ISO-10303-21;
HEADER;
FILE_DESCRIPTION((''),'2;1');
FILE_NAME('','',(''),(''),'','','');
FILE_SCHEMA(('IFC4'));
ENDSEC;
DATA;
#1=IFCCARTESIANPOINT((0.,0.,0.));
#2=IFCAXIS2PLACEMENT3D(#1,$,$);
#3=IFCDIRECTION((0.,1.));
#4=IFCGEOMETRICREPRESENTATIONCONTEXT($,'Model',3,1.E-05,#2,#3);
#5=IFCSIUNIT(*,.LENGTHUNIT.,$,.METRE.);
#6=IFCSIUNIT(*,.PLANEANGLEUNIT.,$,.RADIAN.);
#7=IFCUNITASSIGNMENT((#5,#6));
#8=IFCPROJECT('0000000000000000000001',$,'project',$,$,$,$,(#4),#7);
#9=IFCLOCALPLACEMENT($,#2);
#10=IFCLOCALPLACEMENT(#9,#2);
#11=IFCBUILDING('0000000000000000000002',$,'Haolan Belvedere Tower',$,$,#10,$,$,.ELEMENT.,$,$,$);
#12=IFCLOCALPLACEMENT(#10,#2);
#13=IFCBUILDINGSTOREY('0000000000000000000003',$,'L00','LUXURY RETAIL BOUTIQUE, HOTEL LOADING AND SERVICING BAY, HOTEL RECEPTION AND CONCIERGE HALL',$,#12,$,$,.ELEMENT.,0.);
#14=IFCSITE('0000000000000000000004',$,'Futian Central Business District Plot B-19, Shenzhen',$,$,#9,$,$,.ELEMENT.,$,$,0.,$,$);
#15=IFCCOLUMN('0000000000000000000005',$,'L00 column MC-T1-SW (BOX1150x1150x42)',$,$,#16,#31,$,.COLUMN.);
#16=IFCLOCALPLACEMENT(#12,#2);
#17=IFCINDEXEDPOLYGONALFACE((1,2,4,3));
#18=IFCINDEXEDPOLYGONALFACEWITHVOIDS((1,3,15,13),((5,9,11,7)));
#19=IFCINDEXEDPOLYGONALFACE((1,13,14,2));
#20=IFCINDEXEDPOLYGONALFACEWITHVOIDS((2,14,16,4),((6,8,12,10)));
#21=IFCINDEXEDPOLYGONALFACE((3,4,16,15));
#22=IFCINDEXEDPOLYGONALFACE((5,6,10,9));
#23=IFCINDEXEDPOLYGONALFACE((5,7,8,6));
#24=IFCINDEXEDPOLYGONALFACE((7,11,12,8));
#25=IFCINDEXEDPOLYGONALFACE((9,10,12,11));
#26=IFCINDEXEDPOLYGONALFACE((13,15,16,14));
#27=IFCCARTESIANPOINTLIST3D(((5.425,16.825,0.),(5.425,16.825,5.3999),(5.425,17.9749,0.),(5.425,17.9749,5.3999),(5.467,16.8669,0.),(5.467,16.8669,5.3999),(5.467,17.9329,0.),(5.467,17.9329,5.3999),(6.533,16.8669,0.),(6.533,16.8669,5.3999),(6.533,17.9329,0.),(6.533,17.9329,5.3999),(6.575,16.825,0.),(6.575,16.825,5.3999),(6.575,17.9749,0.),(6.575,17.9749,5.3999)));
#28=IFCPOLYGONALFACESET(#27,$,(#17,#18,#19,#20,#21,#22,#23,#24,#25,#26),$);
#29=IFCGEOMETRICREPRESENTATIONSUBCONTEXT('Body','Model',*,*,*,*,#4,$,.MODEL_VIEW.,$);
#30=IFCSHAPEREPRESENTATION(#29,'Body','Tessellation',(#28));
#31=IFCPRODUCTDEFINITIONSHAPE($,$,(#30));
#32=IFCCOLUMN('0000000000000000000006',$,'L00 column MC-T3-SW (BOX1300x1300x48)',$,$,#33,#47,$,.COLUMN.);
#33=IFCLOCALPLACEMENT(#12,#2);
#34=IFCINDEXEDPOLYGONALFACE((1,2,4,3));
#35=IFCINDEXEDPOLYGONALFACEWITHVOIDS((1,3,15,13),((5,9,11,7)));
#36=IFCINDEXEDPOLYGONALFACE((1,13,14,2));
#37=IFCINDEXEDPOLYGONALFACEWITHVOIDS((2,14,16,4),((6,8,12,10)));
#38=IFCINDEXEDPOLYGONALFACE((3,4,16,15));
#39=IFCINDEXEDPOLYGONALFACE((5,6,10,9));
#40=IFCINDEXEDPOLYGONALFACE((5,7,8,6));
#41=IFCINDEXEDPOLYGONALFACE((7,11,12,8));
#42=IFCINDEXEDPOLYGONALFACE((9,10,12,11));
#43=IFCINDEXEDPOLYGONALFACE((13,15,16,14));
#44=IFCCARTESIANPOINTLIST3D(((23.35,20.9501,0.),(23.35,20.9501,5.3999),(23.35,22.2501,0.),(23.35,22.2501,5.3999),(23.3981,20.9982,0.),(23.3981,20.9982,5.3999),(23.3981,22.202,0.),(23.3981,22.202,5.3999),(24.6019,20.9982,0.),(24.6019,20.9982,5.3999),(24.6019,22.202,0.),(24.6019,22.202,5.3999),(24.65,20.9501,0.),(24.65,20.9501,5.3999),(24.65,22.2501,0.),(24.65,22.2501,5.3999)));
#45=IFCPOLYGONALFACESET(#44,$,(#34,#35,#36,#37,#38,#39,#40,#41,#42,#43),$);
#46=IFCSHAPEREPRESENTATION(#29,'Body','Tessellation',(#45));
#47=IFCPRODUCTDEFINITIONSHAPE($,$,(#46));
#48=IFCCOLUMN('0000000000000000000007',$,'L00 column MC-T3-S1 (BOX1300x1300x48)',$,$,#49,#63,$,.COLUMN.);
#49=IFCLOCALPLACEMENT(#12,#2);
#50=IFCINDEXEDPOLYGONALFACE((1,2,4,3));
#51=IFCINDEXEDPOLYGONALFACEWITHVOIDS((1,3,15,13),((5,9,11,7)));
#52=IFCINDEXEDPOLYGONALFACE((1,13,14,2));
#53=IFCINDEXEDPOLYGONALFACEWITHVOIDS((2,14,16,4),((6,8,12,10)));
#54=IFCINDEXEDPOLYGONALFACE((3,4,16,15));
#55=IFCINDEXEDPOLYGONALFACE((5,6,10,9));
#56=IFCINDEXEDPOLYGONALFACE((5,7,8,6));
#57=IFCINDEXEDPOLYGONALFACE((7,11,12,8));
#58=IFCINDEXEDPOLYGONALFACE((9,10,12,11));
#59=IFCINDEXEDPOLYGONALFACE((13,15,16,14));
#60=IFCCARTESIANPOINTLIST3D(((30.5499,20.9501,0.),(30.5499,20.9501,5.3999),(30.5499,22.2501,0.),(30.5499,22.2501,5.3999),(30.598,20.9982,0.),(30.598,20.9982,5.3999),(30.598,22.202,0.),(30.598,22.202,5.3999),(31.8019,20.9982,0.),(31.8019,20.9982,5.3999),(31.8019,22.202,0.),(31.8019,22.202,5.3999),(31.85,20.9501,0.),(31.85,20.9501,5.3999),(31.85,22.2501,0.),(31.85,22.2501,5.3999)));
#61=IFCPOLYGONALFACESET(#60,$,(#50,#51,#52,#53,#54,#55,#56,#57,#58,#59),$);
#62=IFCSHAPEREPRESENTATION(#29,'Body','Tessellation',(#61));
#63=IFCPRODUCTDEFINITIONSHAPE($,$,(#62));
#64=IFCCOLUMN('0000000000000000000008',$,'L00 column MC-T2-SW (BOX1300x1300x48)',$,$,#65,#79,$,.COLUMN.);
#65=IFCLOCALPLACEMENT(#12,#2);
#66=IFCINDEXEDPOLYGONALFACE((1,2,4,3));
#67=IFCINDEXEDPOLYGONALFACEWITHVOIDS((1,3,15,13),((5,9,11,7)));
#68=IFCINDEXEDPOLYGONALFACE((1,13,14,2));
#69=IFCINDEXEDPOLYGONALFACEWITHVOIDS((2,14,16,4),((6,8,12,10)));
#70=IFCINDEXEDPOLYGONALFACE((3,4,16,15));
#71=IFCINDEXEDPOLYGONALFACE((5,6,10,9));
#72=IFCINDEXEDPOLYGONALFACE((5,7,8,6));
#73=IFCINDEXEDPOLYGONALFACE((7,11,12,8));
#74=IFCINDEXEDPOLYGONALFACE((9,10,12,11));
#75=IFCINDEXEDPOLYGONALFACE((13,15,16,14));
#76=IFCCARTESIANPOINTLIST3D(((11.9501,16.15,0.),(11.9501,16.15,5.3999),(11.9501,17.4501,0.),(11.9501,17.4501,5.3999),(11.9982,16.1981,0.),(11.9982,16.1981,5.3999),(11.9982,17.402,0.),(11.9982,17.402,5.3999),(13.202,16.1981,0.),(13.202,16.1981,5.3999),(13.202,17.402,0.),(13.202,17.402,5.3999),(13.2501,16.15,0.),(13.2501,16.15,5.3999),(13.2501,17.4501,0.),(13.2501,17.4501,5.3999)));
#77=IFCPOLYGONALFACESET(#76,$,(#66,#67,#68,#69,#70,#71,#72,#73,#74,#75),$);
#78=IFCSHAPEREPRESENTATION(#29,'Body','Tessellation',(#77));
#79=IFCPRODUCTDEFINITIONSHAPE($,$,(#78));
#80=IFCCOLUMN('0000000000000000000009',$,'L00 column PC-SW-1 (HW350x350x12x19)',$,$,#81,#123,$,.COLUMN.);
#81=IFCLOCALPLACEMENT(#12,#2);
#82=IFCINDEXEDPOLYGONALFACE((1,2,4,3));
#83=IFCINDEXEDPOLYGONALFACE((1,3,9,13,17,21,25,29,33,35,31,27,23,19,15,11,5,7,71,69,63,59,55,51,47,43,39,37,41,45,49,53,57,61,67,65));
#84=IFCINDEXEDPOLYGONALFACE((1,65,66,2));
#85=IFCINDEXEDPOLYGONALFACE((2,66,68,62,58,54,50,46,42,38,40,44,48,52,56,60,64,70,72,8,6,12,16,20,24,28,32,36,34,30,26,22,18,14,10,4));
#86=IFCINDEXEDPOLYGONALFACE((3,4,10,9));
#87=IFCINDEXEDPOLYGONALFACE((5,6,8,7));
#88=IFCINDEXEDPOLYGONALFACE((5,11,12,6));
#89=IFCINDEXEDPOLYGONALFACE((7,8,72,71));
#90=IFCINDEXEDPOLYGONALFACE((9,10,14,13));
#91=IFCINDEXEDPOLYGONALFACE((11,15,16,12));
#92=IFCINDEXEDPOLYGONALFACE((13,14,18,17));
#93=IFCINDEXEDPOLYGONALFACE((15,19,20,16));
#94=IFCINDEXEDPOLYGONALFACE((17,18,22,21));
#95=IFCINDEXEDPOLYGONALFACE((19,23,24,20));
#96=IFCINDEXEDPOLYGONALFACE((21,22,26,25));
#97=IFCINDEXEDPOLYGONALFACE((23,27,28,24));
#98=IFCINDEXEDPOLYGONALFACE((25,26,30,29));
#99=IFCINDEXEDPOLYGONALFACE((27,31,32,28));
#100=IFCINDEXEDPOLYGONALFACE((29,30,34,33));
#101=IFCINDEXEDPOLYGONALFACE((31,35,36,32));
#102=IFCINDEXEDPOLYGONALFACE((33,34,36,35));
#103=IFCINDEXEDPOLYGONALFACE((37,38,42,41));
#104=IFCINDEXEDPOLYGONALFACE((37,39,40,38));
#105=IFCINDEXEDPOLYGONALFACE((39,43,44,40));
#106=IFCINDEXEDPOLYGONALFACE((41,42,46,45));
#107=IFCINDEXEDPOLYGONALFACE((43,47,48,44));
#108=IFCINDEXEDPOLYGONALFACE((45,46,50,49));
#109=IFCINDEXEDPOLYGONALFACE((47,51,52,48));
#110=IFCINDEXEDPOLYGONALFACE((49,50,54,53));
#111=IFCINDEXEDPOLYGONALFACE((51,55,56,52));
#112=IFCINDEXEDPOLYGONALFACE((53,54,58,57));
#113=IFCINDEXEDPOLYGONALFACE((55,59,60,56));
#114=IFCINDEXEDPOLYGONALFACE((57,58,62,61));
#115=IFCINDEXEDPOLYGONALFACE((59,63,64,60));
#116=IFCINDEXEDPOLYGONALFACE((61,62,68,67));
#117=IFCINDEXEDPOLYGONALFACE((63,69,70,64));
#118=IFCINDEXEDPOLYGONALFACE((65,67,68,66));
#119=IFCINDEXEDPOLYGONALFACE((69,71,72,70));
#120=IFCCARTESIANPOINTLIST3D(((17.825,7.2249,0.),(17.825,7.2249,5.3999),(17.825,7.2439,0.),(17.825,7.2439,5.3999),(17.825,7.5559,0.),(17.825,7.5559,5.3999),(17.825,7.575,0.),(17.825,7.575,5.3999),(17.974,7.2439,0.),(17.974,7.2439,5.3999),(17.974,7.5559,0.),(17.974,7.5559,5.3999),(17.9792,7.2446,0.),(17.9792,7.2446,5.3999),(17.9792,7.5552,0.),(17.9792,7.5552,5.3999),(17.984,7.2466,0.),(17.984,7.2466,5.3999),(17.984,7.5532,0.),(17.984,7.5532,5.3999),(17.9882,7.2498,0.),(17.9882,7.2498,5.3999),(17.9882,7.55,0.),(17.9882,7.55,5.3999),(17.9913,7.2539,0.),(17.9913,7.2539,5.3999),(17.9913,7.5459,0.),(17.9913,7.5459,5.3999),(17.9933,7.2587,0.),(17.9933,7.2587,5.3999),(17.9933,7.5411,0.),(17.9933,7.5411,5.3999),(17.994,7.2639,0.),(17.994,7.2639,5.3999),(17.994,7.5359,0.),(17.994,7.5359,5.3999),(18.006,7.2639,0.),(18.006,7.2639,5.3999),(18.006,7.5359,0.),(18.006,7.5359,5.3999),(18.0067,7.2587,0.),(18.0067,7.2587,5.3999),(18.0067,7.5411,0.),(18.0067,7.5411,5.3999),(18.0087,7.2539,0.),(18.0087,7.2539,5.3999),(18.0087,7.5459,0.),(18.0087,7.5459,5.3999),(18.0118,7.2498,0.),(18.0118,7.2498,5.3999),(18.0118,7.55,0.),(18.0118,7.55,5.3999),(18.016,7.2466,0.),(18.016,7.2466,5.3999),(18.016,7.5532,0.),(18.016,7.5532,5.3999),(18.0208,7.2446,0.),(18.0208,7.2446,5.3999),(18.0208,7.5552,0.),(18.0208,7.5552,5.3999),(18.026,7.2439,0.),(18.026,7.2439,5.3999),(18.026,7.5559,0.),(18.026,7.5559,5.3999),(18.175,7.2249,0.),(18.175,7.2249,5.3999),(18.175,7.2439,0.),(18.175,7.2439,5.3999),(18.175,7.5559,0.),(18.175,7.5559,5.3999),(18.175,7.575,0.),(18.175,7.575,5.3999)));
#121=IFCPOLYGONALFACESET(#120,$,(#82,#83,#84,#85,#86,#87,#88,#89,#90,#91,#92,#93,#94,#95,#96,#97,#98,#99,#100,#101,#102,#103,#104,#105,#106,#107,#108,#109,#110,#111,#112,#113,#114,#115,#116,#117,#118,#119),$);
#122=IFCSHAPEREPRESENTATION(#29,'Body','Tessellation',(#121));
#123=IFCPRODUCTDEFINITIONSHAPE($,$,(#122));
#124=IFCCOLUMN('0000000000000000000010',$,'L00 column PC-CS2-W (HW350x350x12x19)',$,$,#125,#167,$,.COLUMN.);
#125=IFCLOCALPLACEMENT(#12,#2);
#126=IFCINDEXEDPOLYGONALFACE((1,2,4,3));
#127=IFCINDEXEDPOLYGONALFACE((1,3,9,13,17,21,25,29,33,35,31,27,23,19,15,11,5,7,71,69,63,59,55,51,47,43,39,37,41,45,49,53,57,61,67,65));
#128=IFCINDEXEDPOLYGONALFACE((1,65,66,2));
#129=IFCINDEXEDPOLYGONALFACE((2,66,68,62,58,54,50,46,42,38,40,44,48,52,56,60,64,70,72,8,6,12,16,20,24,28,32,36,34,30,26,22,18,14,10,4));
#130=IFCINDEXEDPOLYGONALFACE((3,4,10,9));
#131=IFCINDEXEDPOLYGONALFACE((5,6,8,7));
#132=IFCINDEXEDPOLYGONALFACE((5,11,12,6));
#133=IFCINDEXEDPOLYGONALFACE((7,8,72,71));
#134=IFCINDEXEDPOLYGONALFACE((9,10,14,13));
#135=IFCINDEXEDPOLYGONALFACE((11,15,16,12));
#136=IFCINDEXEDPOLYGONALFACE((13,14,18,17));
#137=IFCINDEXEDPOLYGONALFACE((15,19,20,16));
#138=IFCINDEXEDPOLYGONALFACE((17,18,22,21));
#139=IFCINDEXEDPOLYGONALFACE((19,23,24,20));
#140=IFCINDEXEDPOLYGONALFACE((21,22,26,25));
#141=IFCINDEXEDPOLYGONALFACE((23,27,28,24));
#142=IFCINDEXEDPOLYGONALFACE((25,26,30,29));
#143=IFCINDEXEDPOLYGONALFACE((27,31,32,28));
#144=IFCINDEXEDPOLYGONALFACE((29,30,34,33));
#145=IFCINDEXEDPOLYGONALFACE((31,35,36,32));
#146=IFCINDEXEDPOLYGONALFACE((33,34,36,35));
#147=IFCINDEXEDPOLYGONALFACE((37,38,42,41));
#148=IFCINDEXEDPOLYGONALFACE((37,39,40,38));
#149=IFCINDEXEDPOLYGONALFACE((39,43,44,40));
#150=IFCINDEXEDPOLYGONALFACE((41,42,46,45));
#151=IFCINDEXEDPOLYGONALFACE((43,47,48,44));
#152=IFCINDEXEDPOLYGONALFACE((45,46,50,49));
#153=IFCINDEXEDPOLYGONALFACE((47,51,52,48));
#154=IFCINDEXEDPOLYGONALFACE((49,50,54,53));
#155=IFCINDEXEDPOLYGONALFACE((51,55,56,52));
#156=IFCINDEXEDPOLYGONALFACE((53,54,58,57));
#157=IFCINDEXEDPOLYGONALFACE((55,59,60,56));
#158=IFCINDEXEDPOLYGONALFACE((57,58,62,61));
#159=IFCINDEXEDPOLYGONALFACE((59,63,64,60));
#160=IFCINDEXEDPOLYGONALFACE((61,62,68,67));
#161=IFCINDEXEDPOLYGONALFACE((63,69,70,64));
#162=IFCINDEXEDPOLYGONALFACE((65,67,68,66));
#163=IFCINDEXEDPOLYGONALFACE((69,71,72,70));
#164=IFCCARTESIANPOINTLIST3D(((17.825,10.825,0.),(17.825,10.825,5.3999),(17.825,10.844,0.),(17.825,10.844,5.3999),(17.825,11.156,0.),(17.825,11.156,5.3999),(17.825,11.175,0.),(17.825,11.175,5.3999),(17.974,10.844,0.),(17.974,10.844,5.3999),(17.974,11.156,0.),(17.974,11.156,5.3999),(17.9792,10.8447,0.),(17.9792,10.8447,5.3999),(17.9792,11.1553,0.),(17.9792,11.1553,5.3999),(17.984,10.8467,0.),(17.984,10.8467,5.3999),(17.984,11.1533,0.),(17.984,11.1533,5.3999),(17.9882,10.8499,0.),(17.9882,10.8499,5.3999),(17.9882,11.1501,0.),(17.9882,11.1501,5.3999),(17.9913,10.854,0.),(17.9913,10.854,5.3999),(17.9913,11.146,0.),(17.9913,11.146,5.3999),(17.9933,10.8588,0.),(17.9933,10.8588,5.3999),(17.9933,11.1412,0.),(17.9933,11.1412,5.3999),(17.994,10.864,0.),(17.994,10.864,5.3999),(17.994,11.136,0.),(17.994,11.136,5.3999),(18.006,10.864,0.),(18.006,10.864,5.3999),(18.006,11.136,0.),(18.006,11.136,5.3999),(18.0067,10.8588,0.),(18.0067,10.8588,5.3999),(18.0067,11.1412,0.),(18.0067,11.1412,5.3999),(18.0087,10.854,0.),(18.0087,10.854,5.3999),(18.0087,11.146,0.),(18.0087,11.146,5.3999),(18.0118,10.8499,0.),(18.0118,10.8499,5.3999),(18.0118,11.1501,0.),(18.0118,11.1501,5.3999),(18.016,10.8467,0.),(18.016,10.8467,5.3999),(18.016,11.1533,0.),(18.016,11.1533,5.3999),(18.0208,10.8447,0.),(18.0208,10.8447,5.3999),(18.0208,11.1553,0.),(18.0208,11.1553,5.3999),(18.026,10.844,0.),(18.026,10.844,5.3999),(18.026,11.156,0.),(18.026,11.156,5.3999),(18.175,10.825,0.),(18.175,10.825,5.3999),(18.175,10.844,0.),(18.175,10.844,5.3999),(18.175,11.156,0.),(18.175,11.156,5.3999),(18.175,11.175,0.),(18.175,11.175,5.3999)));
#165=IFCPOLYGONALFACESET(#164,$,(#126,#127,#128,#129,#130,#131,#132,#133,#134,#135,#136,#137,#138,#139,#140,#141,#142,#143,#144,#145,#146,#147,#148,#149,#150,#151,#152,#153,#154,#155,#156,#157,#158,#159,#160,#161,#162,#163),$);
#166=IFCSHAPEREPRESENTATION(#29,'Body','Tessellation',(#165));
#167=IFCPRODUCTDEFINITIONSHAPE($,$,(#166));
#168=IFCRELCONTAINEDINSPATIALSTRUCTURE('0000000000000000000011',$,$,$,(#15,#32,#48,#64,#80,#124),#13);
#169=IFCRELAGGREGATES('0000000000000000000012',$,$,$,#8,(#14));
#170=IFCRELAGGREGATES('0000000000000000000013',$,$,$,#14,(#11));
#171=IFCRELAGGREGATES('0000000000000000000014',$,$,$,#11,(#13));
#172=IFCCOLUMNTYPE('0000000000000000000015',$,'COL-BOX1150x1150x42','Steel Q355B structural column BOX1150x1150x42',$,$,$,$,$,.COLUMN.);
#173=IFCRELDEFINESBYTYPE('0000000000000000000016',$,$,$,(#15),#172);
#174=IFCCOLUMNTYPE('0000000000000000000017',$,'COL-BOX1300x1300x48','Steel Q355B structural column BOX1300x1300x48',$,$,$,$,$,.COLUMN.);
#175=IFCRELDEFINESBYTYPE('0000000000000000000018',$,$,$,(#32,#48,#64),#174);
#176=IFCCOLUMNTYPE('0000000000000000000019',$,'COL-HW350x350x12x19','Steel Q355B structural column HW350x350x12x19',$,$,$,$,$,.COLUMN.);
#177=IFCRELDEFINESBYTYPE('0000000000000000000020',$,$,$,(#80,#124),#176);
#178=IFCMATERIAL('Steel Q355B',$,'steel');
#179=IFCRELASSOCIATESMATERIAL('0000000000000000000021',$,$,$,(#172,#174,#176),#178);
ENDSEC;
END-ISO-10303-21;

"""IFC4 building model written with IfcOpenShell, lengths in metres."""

from ifc_helpers import new_model, si_unit, direction, frame, origin, origin_2d, place, context, subcontext, project, spatial, hollow_rectangle, i_section, extrude, material, material_profile, profile_set, type_object, element, save


model = new_model("IFC4")

# Units and contexts
model_context = context("Model", 3, precision=1e-05, world=origin(), true_north=direction((0.0, 1.0)))
body_context = subcontext(model_context, "Body", "Model", "MODEL_VIEW")
ifc_project = project(units=[si_unit("LENGTHUNIT", "METRE"), si_unit("PLANEANGLEUNIT", "RADIAN")], contexts=[model_context])

# Site, building, storey
site_placement = place(None, origin())
site = spatial("IfcSite", under=ifc_project, at=site_placement, Name="Futian Central Business District Plot B-19, Shenzhen", CompositionType="ELEMENT", RefElevation=0.0)
building_placement = place(site_placement, origin())
building = spatial("IfcBuilding", under=site, at=building_placement, Name="Haolan Belvedere Tower", CompositionType="ELEMENT")
storey_placement = place(building_placement, origin())
storey = spatial("IfcBuildingStorey", under=building, at=storey_placement, Name="L00", Description="LUXURY RETAIL BOUTIQUE, HOTEL LOADING AND SERVICING BAY, HOTEL RECEPTION AND CONCIERGE HALL", CompositionType="ELEMENT", Elevation=0.0)

# Columns
ifc_material_1 = material(Name="Steel Q355B", Category="steel")
ifc_material_profile_1 = material_profile(ifc_material_1, hollow_rectangle(XDim=1.1499, YDim=1.1499, WallThickness=0.042, at=origin_2d()), Name="Steel Q355B")
ifc_profile_set_1 = profile_set([ifc_material_profile_1], Name="Steel Q355B")
column_type_1 = type_object("IfcColumnType", Name="COL-BOX1150x1150x42", Description="Steel Q355B structural column BOX1150x1150x42", PredefinedType="COLUMN", material=ifc_profile_set_1)
column_placement = place(storey_placement, frame((6.0, 17.3999, 0.0), z_axis=(0.0, 0.0, 1.0), x_axis=(1.0, 0.0, 0.0)))
element("IfcColumn", 1, at=column_placement, inside=storey, type_object=column_type_1, Name="L00 column MC-T1-SW (BOX1150x1150x42)", PredefinedType="COLUMN", context=body_context, shape_type="SweptSolid", body=[
    extrude(hollow_rectangle(XDim=1.1499, YDim=1.1499, WallThickness=0.042, at=origin_2d()), origin(), (0.0, 0.0, 1.0), 5.3999),
])
ifc_material_profile_2 = material_profile(ifc_material_1, hollow_rectangle(XDim=1.3, YDim=1.3, WallThickness=0.0481, at=origin_2d()), Name="Steel Q355B")
ifc_profile_set_2 = profile_set([ifc_material_profile_2], Name="Steel Q355B")
column_type_2 = type_object("IfcColumnType", Name="COL-BOX1300x1300x48", Description="Steel Q355B structural column BOX1300x1300x48", PredefinedType="COLUMN", material=ifc_profile_set_2)
for number, where, z_axis, x_axis, name in (
    (2, (24.0, 21.6001, 0.0), (0.0, 0.0, 1.0), (1.0, 0.0, 0.0), "L00 column MC-T3-SW (BOX1300x1300x48)"),
    (3, (31.2, 21.6001, 0.0), (0.0, 0.0, 1.0), (1.0, 0.0, 0.0), "L00 column MC-T3-S1 (BOX1300x1300x48)"),
    (4, (12.6001, 16.8, 0.0), (0.0, 0.0, 1.0), (1.0, 0.0, 0.0), "L00 column MC-T2-SW (BOX1300x1300x48)"),
):
    element("IfcColumn", number, at=place(storey_placement, frame(where, z_axis=z_axis, x_axis=x_axis)), inside=storey, type_object=column_type_2, Name=name, PredefinedType="COLUMN", context=body_context, shape_type="SweptSolid", body=[
        extrude(hollow_rectangle(XDim=1.3, YDim=1.3, WallThickness=0.0481, at=origin_2d()), origin(), (0.0, 0.0, 1.0), 5.3999),
    ])
ifc_material_profile_3 = material_profile(ifc_material_1, i_section(OverallWidth=0.3501, OverallDepth=0.3501, WebThickness=0.012, FlangeThickness=0.019, FilletRadius=0.02, at=origin_2d()), Name="Steel Q355B")
ifc_profile_set_3 = profile_set([ifc_material_profile_3], Name="Steel Q355B")
column_type_3 = type_object("IfcColumnType", Name="COL-HW350x350x12x19", Description="Steel Q355B structural column HW350x350x12x19", PredefinedType="COLUMN", material=ifc_profile_set_3)
for number, where, z_axis, x_axis, name in (
    (5, (18.0, 7.3999, 0.0), (0.0, 0.0, 1.0), (1.0, 0.0, 0.0), "L00 column PC-SW-1 (HW350x350x12x19)"),
    (6, (18.0, 11.0, 0.0), (0.0, 0.0, 1.0), (1.0, 0.0, 0.0), "L00 column PC-CS2-W (HW350x350x12x19)"),
):
    element("IfcColumn", number, at=place(storey_placement, frame(where, z_axis=z_axis, x_axis=x_axis)), inside=storey, type_object=column_type_3, Name=name, PredefinedType="COLUMN", context=body_context, shape_type="SweptSolid", body=[
        extrude(i_section(OverallWidth=0.3501, OverallDepth=0.3501, WebThickness=0.012, FlangeThickness=0.019, FilletRadius=0.02, at=origin_2d()), origin(), (0.0, 0.0, 1.0), 5.3999),
    ])

save(model, "model.ifc")
